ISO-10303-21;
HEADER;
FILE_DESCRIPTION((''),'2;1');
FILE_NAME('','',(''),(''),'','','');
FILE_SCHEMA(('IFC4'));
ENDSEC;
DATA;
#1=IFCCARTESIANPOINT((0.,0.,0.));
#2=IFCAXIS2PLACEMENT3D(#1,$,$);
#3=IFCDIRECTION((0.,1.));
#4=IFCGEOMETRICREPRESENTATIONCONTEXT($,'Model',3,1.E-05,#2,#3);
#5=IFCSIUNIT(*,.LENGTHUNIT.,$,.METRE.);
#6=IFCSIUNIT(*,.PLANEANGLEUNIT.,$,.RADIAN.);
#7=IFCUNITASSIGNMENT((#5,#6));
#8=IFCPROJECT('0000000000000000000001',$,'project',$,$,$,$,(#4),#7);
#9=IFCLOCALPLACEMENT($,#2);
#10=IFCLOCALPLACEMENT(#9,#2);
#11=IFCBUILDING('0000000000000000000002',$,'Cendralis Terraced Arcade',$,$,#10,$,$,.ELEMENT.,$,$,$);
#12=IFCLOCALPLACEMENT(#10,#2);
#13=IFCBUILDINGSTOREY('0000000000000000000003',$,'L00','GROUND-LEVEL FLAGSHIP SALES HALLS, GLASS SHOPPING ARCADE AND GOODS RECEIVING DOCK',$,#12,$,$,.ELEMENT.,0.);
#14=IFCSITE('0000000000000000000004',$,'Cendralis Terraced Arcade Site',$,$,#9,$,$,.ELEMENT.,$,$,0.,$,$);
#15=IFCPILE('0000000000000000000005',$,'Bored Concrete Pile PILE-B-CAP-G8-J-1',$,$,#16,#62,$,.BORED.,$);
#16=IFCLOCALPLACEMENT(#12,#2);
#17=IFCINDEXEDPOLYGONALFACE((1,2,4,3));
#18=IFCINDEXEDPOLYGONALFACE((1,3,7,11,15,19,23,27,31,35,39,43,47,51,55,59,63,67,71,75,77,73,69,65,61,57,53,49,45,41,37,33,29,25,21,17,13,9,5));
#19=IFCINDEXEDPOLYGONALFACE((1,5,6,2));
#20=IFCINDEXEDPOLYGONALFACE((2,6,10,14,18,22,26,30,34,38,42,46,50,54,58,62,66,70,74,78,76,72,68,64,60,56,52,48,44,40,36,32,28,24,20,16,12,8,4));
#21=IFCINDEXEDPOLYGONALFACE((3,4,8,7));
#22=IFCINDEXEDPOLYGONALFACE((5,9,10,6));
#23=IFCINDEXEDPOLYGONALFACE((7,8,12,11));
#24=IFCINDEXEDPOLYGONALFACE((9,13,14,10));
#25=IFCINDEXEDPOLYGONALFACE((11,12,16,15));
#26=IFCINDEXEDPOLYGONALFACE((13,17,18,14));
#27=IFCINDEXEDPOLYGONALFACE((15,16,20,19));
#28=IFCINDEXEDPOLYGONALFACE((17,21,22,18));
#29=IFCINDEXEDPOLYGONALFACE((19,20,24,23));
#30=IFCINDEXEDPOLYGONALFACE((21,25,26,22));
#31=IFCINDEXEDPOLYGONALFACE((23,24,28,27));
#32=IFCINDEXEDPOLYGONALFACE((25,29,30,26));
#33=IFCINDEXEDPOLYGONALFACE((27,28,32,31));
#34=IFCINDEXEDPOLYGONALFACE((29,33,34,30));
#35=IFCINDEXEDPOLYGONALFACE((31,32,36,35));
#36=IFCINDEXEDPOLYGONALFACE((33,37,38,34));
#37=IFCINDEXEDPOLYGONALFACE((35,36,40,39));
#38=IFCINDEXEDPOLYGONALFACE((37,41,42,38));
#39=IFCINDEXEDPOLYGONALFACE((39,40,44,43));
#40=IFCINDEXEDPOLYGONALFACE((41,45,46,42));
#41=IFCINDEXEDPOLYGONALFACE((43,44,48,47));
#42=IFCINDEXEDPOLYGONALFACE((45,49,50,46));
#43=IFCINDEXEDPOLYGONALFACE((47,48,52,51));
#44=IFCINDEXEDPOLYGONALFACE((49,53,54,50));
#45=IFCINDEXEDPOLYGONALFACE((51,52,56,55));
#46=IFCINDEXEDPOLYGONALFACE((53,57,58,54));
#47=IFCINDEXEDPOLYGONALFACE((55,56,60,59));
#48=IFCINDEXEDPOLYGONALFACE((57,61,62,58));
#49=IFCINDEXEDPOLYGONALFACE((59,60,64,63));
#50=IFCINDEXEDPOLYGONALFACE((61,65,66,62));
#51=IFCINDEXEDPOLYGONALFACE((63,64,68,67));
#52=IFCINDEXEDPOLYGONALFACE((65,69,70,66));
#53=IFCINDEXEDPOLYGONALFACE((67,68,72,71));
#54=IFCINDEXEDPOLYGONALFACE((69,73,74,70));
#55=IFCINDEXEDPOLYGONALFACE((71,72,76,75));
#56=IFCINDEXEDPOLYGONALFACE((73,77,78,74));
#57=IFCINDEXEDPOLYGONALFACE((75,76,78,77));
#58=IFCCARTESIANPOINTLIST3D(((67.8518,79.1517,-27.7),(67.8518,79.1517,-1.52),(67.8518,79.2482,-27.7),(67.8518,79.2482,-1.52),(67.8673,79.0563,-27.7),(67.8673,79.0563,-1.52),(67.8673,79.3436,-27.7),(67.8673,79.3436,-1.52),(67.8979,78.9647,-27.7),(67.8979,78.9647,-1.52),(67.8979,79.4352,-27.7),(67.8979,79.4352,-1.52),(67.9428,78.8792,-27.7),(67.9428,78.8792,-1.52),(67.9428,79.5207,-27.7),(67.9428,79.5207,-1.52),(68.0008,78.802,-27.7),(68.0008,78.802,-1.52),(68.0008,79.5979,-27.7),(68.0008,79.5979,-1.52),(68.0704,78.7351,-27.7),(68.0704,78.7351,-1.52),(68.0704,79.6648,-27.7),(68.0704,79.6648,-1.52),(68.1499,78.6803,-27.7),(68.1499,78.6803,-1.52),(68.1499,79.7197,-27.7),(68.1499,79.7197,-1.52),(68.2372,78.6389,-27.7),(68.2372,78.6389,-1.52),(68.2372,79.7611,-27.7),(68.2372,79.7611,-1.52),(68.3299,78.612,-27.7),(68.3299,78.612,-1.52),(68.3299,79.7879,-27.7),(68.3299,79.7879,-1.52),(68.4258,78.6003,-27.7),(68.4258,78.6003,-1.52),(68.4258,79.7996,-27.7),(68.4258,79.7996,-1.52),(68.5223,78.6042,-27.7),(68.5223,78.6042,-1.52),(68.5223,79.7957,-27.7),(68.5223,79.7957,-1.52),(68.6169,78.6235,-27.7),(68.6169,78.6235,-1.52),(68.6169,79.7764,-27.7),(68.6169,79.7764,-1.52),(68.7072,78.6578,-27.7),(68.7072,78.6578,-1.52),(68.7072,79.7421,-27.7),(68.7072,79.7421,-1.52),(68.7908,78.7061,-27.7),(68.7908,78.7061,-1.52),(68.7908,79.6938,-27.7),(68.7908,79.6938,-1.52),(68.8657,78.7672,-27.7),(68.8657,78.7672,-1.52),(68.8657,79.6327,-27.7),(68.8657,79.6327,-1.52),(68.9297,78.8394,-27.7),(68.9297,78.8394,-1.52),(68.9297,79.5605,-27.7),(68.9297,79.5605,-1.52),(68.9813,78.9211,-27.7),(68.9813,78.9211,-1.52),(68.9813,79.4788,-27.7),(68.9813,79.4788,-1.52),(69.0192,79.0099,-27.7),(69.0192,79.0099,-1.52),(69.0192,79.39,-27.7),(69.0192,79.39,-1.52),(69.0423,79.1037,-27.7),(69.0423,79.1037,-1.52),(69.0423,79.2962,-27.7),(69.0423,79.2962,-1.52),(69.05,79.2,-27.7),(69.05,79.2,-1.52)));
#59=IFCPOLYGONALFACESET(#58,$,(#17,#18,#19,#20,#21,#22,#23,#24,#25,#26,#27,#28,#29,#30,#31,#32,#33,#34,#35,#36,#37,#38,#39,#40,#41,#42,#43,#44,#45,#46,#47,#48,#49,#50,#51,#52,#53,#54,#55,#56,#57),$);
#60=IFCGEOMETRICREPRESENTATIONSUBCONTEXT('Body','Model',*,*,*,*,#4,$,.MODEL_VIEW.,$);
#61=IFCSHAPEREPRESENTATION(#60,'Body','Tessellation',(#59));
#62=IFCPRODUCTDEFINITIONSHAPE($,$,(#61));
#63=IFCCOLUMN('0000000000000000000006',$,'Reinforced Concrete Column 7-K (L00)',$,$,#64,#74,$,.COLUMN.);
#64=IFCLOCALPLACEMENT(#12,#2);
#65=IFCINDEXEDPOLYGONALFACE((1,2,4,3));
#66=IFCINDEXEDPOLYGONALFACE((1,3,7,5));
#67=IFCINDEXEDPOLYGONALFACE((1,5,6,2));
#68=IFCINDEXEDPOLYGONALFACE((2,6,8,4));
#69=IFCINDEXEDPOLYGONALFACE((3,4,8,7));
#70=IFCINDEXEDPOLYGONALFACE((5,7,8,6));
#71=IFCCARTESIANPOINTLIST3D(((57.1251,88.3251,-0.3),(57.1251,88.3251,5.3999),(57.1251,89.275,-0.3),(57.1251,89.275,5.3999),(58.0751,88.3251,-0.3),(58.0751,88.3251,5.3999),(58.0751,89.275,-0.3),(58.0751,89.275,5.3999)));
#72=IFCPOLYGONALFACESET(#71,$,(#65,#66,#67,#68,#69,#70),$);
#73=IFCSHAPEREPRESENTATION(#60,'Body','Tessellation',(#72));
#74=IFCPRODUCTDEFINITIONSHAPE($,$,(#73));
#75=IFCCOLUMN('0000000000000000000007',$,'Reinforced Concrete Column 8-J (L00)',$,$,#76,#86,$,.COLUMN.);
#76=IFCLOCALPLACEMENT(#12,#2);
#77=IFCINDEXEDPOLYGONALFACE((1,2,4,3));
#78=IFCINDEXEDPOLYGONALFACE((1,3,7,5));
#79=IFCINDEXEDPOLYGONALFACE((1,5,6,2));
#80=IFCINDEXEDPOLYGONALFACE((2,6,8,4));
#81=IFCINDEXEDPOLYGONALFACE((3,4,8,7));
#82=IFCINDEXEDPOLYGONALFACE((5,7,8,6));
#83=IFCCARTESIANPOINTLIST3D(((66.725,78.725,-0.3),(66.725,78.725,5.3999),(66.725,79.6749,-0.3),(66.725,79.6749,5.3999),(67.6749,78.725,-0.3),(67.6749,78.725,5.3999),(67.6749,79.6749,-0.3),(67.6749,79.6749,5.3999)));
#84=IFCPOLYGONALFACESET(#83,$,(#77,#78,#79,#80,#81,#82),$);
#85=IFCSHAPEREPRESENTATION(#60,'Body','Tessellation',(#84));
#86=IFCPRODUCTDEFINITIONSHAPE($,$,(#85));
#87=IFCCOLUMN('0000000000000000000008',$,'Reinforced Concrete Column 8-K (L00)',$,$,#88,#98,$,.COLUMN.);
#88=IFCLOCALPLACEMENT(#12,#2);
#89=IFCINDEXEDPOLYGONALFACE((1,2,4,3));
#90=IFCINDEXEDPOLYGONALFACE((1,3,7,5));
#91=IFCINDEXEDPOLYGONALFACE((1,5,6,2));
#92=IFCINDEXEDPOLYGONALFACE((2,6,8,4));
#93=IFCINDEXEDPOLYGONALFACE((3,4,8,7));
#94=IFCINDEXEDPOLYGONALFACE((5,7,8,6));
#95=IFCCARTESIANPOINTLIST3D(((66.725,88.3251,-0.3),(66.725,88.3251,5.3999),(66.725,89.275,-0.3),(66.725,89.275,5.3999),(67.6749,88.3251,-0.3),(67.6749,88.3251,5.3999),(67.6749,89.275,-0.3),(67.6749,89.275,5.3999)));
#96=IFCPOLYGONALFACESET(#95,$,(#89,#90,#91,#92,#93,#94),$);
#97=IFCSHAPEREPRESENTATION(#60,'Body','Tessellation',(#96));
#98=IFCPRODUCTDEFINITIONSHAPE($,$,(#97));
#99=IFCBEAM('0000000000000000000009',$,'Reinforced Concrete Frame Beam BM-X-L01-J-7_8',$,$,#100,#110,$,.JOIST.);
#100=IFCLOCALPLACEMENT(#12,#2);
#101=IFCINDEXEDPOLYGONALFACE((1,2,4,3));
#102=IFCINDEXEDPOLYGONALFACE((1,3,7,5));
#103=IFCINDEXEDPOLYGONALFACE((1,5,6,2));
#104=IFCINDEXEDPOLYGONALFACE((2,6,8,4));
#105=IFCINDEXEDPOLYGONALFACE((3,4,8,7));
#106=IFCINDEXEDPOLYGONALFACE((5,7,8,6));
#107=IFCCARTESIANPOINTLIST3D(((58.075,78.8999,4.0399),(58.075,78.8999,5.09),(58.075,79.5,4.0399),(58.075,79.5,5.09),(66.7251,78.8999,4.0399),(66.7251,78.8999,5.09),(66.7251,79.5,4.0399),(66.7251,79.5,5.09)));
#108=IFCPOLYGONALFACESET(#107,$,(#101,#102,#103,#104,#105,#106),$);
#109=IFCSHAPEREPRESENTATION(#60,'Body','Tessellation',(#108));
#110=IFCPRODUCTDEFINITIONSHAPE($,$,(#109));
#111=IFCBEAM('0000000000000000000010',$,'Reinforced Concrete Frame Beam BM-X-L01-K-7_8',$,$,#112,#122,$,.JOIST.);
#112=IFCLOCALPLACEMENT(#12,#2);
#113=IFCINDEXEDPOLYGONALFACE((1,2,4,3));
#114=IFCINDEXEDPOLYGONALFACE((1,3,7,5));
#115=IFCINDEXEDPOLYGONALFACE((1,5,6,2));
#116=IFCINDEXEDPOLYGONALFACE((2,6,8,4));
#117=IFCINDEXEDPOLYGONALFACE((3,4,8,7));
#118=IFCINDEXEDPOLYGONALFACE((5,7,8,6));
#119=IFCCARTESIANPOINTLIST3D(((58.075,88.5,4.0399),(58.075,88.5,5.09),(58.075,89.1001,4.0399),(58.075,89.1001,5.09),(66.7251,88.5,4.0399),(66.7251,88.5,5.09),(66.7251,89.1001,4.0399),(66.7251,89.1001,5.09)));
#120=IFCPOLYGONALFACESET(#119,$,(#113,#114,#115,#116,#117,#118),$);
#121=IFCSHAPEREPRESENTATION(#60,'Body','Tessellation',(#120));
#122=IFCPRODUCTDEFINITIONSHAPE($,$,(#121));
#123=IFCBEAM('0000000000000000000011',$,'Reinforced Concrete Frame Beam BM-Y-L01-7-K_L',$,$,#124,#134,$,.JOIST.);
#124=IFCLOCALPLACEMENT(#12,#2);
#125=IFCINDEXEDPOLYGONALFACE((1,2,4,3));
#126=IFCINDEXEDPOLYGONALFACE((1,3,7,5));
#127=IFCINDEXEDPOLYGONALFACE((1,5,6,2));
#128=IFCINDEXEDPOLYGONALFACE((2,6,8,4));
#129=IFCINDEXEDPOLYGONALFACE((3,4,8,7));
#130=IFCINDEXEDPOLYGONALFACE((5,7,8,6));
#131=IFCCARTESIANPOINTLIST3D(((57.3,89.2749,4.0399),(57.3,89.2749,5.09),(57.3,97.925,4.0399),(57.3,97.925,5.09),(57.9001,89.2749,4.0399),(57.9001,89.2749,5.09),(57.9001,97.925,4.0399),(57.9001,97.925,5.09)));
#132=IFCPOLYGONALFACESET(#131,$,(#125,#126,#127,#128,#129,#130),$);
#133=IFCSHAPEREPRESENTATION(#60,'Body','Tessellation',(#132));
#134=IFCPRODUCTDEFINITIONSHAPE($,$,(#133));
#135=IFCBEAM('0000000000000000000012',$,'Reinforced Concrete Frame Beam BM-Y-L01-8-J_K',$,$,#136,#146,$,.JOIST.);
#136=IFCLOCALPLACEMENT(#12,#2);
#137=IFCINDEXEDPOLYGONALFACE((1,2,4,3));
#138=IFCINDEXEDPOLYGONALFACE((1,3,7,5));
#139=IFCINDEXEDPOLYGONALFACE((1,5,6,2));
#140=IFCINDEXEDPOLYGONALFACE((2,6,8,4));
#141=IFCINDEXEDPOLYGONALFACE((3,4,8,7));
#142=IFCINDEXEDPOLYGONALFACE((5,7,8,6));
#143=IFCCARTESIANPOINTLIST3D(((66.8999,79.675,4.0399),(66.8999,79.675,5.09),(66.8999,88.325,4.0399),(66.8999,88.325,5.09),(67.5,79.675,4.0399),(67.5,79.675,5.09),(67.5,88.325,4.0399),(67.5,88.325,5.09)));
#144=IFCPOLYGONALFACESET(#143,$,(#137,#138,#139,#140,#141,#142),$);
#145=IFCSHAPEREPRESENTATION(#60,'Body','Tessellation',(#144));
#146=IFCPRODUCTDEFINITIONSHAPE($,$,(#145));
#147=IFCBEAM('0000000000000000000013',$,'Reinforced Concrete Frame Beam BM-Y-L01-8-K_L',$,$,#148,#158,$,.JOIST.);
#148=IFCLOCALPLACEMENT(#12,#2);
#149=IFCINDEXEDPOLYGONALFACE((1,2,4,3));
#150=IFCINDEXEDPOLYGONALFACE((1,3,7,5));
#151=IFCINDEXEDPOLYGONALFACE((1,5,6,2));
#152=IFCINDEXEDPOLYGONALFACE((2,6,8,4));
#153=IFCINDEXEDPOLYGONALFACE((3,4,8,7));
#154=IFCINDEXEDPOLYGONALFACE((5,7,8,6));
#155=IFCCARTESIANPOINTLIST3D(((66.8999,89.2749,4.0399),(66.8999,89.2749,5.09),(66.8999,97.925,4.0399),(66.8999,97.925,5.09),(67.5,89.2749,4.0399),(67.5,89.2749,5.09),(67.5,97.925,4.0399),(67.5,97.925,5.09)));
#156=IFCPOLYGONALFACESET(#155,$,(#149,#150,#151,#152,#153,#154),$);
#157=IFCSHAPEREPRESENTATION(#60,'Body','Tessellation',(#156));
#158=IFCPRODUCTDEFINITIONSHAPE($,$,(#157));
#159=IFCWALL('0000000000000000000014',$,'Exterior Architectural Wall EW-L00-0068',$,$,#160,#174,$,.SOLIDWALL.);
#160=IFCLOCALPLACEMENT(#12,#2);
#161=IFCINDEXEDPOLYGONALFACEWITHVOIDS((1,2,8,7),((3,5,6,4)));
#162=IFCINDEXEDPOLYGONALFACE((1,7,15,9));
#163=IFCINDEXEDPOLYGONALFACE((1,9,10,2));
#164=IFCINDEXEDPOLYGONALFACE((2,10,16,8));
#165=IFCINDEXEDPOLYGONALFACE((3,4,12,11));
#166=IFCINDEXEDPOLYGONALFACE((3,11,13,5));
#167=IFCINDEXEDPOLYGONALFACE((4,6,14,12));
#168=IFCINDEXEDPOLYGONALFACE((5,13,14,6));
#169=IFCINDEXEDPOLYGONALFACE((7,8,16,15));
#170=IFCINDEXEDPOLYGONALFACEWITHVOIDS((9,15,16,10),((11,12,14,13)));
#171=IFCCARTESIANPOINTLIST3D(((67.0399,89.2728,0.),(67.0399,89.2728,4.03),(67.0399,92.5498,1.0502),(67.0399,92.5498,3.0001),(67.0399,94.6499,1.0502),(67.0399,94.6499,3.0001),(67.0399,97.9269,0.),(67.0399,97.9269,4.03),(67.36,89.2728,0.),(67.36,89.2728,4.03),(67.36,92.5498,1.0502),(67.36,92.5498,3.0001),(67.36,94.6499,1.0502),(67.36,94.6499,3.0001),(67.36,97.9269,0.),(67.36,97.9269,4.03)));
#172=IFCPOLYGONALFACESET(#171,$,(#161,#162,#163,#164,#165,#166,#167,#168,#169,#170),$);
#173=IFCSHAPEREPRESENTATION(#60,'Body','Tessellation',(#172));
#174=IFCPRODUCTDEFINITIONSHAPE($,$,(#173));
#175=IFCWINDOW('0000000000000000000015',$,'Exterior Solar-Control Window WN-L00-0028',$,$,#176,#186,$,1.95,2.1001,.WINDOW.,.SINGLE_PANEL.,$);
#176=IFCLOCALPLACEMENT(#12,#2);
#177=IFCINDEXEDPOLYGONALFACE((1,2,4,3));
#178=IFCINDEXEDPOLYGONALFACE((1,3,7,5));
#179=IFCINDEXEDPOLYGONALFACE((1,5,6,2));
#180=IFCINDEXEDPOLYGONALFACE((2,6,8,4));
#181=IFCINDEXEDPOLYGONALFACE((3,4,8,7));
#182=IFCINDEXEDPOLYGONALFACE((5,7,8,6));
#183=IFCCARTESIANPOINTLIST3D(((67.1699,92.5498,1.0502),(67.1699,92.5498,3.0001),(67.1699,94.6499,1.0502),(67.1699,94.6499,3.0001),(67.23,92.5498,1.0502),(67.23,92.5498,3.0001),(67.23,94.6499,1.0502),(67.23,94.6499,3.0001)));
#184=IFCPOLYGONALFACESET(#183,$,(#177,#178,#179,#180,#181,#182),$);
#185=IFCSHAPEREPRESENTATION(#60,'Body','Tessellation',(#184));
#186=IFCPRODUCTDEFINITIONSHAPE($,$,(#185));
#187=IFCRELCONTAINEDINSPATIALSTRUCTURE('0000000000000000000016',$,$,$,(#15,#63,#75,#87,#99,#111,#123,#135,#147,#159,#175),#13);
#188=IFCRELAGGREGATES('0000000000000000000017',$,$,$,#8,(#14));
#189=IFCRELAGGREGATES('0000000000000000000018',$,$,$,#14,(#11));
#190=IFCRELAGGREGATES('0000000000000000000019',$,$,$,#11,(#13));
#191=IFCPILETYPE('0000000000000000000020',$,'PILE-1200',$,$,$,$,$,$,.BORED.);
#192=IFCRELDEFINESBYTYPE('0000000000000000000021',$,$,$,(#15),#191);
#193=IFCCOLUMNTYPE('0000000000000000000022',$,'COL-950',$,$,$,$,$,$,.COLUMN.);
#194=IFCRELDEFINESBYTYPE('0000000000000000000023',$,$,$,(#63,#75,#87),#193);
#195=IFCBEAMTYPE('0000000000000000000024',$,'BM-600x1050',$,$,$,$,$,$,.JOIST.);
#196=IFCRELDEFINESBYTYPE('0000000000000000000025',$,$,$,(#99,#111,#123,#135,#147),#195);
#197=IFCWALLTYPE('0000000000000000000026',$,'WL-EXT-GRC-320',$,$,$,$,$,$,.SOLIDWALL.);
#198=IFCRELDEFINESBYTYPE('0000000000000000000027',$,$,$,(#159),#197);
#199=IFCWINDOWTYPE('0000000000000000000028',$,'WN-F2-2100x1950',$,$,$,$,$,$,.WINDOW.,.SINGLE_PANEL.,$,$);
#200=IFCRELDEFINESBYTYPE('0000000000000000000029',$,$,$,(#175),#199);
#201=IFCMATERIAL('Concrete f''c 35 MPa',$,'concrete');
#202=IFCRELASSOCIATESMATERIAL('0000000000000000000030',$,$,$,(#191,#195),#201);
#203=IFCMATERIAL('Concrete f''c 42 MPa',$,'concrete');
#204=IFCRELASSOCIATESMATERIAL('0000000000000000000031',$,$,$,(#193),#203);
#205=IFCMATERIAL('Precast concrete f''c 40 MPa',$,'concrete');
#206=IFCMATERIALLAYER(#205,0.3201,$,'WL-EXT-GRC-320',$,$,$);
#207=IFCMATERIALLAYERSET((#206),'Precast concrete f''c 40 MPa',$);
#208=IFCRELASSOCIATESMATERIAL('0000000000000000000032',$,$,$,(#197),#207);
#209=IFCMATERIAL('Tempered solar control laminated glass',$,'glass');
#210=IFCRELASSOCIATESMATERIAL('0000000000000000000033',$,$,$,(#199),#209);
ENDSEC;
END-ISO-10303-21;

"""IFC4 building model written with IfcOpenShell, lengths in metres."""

from ifc_helpers import new_model, si_unit, direction, frame, frame_2d, origin, origin_2d, place, context, subcontext, project, spatial, rectangle, circle, extrude, material, layer, layer_set, material_profile, profile_set, type_object, element, fill, save


model = new_model("IFC4")

# Units and contexts
model_context = context("Model", 3, precision=1e-05, world=origin(), true_north=direction((0.0, 1.0)))
body_context = subcontext(model_context, "Body", "Model", "MODEL_VIEW")
ifc_project = project(units=[si_unit("LENGTHUNIT", "METRE"), si_unit("PLANEANGLEUNIT", "RADIAN")], contexts=[model_context])

# Site, building, storey
site_placement = place(None, origin())
site = spatial("IfcSite", under=ifc_project, at=site_placement, Name="Cendralis Terraced Arcade Site", CompositionType="ELEMENT", RefElevation=0.0)
building_placement = place(site_placement, origin())
building = spatial("IfcBuilding", under=site, at=building_placement, Name="Cendralis Terraced Arcade", CompositionType="ELEMENT")
storey_placement = place(building_placement, origin())
storey = spatial("IfcBuildingStorey", under=building, at=storey_placement, Name="L00", Description="GROUND-LEVEL FLAGSHIP SALES HALLS, GLASS SHOPPING ARCADE AND GOODS RECEIVING DOCK", CompositionType="ELEMENT", Elevation=0.0)

# Shared definitions
ifc_material_1 = material(Name="Concrete f'c 35 MPa", Category="concrete")

# Pile
ifc_material_profile_1 = material_profile(ifc_material_1, circle(Radius=0.6001, at=origin_2d()), Name="PILE-D1200", Category="LoadBearing")
ifc_profile_set_1 = profile_set([ifc_material_profile_1], Name="Concrete f'c 35 MPa")
pile_type_1 = type_object("IfcPileType", Name="PILE-1200", PredefinedType="BORED", material=ifc_profile_set_1)
for number, where, z_axis, x_axis, name in (
    (1, (68.45, 79.2, -1.52), (0.0, 0.0, -1.0), (1.0, 0.0, 0.0), "Bored Concrete Pile PILE-B-CAP-G8-J-1"),
):
    element("IfcPile", number, at=place(storey_placement, frame(where, z_axis=z_axis, x_axis=x_axis)), inside=storey, type_object=pile_type_1, Name=name, PredefinedType="BORED", context=body_context, shape_type="SweptSolid", body=[
        extrude(circle(Radius=0.6001, at=origin_2d()), origin(), (0.0, 0.0, 1.0), 26.1799),
    ])

# Columns
ifc_material_2 = material(Name="Concrete f'c 42 MPa", Category="concrete")
ifc_material_profile_2 = material_profile(ifc_material_2, rectangle(XDim=0.95, YDim=0.95, at=origin_2d()), Name="RC-COL-950x950", Category="LoadBearing")
ifc_profile_set_2 = profile_set([ifc_material_profile_2], Name="Concrete f'c 42 MPa")
column_type = type_object("IfcColumnType", Name="COL-950", PredefinedType="COLUMN", material=ifc_profile_set_2)
for number, where, z_axis, x_axis, name in (
    (2, (57.6001, 88.8, -0.3), (0.0, 0.0, 1.0), (1.0, 0.0, 0.0), "Reinforced Concrete Column 7-K (L00)"),
    (3, (67.2, 79.2, -0.3), (0.0, 0.0, 1.0), (1.0, 0.0, 0.0), "Reinforced Concrete Column 8-J (L00)"),
    (4, (67.2, 88.8, -0.3), (0.0, 0.0, 1.0), (1.0, 0.0, 0.0), "Reinforced Concrete Column 8-K (L00)"),
):
    element("IfcColumn", number, at=place(storey_placement, frame(where, z_axis=z_axis, x_axis=x_axis)), inside=storey, type_object=column_type, Name=name, PredefinedType="COLUMN", context=body_context, shape_type="SweptSolid", body=[
        extrude(rectangle(XDim=0.95, YDim=0.95, at=origin_2d()), origin(), (0.0, 0.0, 1.0), 5.7),
    ])

# Beams
ifc_material_profile_3 = material_profile(ifc_material_1, rectangle(XDim=0.6001, YDim=1.05, at=origin_2d()), Name="RC-BM-600x1050", Category="LoadBearing")
ifc_profile_set_3 = profile_set([ifc_material_profile_3], Name="Concrete f'c 35 MPa")
beam_type = type_object("IfcBeamType", Name="BM-600x1050", PredefinedType="JOIST", material=ifc_profile_set_3)
for number, where, z_axis, x_axis, name in (
    (5, (58.075, 79.2, 4.5649), (1.0, 0.0, 0.0), (0.0, 1.0, 0.0), "Reinforced Concrete Frame Beam BM-X-L01-J-7_8"),
    (6, (58.075, 88.8, 4.5649), (1.0, 0.0, 0.0), (0.0, 1.0, 0.0), "Reinforced Concrete Frame Beam BM-X-L01-K-7_8"),
    (7, (57.6001, 89.2749, 4.5649), (0.0, 1.0, 0.0), (-1.0, 0.0, 0.0), "Reinforced Concrete Frame Beam BM-Y-L01-7-K_L"),
):
    element("IfcBeam", number, at=place(storey_placement, frame(where, z_axis=z_axis, x_axis=x_axis)), inside=storey, type_object=beam_type, Name=name, PredefinedType="JOIST", context=body_context, shape_type="SweptSolid", body=[
        extrude(rectangle(XDim=0.6001, YDim=1.05, at=origin_2d()), origin(), (0.0, 0.0, 1.0), 8.6501),
    ])
beam_1_placement = place(storey_placement, frame((67.2, 79.675, 4.5649), z_axis=(0.0, 1.0, 0.0), x_axis=(-1.0, 0.0, 0.0)))
element("IfcBeam", 8, at=beam_1_placement, inside=storey, type_object=beam_type, Name="Reinforced Concrete Frame Beam BM-Y-L01-8-J_K", PredefinedType="JOIST", context=body_context, shape_type="SweptSolid", body=[
    extrude(rectangle(XDim=0.6001, YDim=1.05, at=origin_2d()), origin(), (0.0, 0.0, 1.0), 8.6499),
])
beam_2_placement = place(storey_placement, frame((67.2, 89.2749, 4.5649), z_axis=(0.0, 1.0, 0.0), x_axis=(-1.0, 0.0, 0.0)))
element("IfcBeam", 9, at=beam_2_placement, inside=storey, type_object=beam_type, Name="Reinforced Concrete Frame Beam BM-Y-L01-8-K_L", PredefinedType="JOIST", context=body_context, shape_type="SweptSolid", body=[
    extrude(rectangle(XDim=0.6001, YDim=1.05, at=origin_2d()), origin(), (0.0, 0.0, 1.0), 8.6501),
])

# Wall, opening, window
ifc_material_3 = material(Name="Precast concrete f'c 40 MPa", Category="concrete")
ifc_layer_1 = layer(ifc_material_3, 0.3201, Name="WL-EXT-GRC-320")
ifc_layer_set_1 = layer_set([ifc_layer_1], Name="Precast concrete f'c 40 MPa")
wall_type = type_object("IfcWallType", Name="WL-EXT-GRC-320", PredefinedType="SOLIDWALL", material=ifc_layer_set_1)
wall_1_placement = place(storey_placement, frame((67.2, 97.927, 0.0), z_axis=(0.0, 0.0, 1.0), x_axis=(0.0, -1.0, 0.0)))
wall_1 = element("IfcWall", 10, at=wall_1_placement, inside=storey, type_object=wall_type, Name="Exterior Architectural Wall EW-L00-0068", PredefinedType="SOLIDWALL", context=body_context, shape_type="SweptSolid", body=[
    extrude(rectangle(XDim=8.6541, YDim=0.3201, at=frame_2d((4.3271, 0.0))), origin(), (0.0, 0.0, 1.0), 4.03),
])
opening_1_placement = place(wall_1_placement, frame((3.2771, 0.0, 1.05)))
opening_1 = element("IfcOpeningElement", 11, at=opening_1_placement, cuts=wall_1, PredefinedType="OPENING", context=body_context, shape_type="SweptSolid", body=[
    extrude(rectangle(XDim=2.1001, YDim=1.95, at=frame_2d((1.05, 0.9751))), frame((0.0, 0.1719, 0.0), z_axis=(0.0, -1.0, 0.0), x_axis=(1.0, 0.0, 0.0)), (0.0, 0.0, 1.0), 0.344),
])
ifc_material_4 = material(Name="Tempered solar control laminated glass", Category="glass")
window_type_1 = type_object("IfcWindowType", Name="WN-F2-2100x1950", PartitioningType="SINGLE_PANEL", PredefinedType="WINDOW", material=ifc_material_4)
window_1_placement = place(opening_1_placement, origin())
window_1 = element("IfcWindow", 12, at=window_1_placement, inside=storey, type_object=window_type_1, Name="Exterior Solar-Control Window WN-L00-0028", OverallHeight=1.95, OverallWidth=2.1001, PartitioningType="SINGLE_PANEL", PredefinedType="WINDOW", context=body_context, shape_type="SweptSolid", body=[
    extrude(rectangle(XDim=2.1001, YDim=1.95, at=frame_2d((1.05, 0.9751))), frame((0.0, 0.03, 0.0), z_axis=(0.0, -1.0, 0.0), x_axis=(1.0, 0.0, 0.0)), (0.0, 0.0, 1.0), 0.0601),
])
fill(opening_1, window_1)

save(model, "model.ifc")
